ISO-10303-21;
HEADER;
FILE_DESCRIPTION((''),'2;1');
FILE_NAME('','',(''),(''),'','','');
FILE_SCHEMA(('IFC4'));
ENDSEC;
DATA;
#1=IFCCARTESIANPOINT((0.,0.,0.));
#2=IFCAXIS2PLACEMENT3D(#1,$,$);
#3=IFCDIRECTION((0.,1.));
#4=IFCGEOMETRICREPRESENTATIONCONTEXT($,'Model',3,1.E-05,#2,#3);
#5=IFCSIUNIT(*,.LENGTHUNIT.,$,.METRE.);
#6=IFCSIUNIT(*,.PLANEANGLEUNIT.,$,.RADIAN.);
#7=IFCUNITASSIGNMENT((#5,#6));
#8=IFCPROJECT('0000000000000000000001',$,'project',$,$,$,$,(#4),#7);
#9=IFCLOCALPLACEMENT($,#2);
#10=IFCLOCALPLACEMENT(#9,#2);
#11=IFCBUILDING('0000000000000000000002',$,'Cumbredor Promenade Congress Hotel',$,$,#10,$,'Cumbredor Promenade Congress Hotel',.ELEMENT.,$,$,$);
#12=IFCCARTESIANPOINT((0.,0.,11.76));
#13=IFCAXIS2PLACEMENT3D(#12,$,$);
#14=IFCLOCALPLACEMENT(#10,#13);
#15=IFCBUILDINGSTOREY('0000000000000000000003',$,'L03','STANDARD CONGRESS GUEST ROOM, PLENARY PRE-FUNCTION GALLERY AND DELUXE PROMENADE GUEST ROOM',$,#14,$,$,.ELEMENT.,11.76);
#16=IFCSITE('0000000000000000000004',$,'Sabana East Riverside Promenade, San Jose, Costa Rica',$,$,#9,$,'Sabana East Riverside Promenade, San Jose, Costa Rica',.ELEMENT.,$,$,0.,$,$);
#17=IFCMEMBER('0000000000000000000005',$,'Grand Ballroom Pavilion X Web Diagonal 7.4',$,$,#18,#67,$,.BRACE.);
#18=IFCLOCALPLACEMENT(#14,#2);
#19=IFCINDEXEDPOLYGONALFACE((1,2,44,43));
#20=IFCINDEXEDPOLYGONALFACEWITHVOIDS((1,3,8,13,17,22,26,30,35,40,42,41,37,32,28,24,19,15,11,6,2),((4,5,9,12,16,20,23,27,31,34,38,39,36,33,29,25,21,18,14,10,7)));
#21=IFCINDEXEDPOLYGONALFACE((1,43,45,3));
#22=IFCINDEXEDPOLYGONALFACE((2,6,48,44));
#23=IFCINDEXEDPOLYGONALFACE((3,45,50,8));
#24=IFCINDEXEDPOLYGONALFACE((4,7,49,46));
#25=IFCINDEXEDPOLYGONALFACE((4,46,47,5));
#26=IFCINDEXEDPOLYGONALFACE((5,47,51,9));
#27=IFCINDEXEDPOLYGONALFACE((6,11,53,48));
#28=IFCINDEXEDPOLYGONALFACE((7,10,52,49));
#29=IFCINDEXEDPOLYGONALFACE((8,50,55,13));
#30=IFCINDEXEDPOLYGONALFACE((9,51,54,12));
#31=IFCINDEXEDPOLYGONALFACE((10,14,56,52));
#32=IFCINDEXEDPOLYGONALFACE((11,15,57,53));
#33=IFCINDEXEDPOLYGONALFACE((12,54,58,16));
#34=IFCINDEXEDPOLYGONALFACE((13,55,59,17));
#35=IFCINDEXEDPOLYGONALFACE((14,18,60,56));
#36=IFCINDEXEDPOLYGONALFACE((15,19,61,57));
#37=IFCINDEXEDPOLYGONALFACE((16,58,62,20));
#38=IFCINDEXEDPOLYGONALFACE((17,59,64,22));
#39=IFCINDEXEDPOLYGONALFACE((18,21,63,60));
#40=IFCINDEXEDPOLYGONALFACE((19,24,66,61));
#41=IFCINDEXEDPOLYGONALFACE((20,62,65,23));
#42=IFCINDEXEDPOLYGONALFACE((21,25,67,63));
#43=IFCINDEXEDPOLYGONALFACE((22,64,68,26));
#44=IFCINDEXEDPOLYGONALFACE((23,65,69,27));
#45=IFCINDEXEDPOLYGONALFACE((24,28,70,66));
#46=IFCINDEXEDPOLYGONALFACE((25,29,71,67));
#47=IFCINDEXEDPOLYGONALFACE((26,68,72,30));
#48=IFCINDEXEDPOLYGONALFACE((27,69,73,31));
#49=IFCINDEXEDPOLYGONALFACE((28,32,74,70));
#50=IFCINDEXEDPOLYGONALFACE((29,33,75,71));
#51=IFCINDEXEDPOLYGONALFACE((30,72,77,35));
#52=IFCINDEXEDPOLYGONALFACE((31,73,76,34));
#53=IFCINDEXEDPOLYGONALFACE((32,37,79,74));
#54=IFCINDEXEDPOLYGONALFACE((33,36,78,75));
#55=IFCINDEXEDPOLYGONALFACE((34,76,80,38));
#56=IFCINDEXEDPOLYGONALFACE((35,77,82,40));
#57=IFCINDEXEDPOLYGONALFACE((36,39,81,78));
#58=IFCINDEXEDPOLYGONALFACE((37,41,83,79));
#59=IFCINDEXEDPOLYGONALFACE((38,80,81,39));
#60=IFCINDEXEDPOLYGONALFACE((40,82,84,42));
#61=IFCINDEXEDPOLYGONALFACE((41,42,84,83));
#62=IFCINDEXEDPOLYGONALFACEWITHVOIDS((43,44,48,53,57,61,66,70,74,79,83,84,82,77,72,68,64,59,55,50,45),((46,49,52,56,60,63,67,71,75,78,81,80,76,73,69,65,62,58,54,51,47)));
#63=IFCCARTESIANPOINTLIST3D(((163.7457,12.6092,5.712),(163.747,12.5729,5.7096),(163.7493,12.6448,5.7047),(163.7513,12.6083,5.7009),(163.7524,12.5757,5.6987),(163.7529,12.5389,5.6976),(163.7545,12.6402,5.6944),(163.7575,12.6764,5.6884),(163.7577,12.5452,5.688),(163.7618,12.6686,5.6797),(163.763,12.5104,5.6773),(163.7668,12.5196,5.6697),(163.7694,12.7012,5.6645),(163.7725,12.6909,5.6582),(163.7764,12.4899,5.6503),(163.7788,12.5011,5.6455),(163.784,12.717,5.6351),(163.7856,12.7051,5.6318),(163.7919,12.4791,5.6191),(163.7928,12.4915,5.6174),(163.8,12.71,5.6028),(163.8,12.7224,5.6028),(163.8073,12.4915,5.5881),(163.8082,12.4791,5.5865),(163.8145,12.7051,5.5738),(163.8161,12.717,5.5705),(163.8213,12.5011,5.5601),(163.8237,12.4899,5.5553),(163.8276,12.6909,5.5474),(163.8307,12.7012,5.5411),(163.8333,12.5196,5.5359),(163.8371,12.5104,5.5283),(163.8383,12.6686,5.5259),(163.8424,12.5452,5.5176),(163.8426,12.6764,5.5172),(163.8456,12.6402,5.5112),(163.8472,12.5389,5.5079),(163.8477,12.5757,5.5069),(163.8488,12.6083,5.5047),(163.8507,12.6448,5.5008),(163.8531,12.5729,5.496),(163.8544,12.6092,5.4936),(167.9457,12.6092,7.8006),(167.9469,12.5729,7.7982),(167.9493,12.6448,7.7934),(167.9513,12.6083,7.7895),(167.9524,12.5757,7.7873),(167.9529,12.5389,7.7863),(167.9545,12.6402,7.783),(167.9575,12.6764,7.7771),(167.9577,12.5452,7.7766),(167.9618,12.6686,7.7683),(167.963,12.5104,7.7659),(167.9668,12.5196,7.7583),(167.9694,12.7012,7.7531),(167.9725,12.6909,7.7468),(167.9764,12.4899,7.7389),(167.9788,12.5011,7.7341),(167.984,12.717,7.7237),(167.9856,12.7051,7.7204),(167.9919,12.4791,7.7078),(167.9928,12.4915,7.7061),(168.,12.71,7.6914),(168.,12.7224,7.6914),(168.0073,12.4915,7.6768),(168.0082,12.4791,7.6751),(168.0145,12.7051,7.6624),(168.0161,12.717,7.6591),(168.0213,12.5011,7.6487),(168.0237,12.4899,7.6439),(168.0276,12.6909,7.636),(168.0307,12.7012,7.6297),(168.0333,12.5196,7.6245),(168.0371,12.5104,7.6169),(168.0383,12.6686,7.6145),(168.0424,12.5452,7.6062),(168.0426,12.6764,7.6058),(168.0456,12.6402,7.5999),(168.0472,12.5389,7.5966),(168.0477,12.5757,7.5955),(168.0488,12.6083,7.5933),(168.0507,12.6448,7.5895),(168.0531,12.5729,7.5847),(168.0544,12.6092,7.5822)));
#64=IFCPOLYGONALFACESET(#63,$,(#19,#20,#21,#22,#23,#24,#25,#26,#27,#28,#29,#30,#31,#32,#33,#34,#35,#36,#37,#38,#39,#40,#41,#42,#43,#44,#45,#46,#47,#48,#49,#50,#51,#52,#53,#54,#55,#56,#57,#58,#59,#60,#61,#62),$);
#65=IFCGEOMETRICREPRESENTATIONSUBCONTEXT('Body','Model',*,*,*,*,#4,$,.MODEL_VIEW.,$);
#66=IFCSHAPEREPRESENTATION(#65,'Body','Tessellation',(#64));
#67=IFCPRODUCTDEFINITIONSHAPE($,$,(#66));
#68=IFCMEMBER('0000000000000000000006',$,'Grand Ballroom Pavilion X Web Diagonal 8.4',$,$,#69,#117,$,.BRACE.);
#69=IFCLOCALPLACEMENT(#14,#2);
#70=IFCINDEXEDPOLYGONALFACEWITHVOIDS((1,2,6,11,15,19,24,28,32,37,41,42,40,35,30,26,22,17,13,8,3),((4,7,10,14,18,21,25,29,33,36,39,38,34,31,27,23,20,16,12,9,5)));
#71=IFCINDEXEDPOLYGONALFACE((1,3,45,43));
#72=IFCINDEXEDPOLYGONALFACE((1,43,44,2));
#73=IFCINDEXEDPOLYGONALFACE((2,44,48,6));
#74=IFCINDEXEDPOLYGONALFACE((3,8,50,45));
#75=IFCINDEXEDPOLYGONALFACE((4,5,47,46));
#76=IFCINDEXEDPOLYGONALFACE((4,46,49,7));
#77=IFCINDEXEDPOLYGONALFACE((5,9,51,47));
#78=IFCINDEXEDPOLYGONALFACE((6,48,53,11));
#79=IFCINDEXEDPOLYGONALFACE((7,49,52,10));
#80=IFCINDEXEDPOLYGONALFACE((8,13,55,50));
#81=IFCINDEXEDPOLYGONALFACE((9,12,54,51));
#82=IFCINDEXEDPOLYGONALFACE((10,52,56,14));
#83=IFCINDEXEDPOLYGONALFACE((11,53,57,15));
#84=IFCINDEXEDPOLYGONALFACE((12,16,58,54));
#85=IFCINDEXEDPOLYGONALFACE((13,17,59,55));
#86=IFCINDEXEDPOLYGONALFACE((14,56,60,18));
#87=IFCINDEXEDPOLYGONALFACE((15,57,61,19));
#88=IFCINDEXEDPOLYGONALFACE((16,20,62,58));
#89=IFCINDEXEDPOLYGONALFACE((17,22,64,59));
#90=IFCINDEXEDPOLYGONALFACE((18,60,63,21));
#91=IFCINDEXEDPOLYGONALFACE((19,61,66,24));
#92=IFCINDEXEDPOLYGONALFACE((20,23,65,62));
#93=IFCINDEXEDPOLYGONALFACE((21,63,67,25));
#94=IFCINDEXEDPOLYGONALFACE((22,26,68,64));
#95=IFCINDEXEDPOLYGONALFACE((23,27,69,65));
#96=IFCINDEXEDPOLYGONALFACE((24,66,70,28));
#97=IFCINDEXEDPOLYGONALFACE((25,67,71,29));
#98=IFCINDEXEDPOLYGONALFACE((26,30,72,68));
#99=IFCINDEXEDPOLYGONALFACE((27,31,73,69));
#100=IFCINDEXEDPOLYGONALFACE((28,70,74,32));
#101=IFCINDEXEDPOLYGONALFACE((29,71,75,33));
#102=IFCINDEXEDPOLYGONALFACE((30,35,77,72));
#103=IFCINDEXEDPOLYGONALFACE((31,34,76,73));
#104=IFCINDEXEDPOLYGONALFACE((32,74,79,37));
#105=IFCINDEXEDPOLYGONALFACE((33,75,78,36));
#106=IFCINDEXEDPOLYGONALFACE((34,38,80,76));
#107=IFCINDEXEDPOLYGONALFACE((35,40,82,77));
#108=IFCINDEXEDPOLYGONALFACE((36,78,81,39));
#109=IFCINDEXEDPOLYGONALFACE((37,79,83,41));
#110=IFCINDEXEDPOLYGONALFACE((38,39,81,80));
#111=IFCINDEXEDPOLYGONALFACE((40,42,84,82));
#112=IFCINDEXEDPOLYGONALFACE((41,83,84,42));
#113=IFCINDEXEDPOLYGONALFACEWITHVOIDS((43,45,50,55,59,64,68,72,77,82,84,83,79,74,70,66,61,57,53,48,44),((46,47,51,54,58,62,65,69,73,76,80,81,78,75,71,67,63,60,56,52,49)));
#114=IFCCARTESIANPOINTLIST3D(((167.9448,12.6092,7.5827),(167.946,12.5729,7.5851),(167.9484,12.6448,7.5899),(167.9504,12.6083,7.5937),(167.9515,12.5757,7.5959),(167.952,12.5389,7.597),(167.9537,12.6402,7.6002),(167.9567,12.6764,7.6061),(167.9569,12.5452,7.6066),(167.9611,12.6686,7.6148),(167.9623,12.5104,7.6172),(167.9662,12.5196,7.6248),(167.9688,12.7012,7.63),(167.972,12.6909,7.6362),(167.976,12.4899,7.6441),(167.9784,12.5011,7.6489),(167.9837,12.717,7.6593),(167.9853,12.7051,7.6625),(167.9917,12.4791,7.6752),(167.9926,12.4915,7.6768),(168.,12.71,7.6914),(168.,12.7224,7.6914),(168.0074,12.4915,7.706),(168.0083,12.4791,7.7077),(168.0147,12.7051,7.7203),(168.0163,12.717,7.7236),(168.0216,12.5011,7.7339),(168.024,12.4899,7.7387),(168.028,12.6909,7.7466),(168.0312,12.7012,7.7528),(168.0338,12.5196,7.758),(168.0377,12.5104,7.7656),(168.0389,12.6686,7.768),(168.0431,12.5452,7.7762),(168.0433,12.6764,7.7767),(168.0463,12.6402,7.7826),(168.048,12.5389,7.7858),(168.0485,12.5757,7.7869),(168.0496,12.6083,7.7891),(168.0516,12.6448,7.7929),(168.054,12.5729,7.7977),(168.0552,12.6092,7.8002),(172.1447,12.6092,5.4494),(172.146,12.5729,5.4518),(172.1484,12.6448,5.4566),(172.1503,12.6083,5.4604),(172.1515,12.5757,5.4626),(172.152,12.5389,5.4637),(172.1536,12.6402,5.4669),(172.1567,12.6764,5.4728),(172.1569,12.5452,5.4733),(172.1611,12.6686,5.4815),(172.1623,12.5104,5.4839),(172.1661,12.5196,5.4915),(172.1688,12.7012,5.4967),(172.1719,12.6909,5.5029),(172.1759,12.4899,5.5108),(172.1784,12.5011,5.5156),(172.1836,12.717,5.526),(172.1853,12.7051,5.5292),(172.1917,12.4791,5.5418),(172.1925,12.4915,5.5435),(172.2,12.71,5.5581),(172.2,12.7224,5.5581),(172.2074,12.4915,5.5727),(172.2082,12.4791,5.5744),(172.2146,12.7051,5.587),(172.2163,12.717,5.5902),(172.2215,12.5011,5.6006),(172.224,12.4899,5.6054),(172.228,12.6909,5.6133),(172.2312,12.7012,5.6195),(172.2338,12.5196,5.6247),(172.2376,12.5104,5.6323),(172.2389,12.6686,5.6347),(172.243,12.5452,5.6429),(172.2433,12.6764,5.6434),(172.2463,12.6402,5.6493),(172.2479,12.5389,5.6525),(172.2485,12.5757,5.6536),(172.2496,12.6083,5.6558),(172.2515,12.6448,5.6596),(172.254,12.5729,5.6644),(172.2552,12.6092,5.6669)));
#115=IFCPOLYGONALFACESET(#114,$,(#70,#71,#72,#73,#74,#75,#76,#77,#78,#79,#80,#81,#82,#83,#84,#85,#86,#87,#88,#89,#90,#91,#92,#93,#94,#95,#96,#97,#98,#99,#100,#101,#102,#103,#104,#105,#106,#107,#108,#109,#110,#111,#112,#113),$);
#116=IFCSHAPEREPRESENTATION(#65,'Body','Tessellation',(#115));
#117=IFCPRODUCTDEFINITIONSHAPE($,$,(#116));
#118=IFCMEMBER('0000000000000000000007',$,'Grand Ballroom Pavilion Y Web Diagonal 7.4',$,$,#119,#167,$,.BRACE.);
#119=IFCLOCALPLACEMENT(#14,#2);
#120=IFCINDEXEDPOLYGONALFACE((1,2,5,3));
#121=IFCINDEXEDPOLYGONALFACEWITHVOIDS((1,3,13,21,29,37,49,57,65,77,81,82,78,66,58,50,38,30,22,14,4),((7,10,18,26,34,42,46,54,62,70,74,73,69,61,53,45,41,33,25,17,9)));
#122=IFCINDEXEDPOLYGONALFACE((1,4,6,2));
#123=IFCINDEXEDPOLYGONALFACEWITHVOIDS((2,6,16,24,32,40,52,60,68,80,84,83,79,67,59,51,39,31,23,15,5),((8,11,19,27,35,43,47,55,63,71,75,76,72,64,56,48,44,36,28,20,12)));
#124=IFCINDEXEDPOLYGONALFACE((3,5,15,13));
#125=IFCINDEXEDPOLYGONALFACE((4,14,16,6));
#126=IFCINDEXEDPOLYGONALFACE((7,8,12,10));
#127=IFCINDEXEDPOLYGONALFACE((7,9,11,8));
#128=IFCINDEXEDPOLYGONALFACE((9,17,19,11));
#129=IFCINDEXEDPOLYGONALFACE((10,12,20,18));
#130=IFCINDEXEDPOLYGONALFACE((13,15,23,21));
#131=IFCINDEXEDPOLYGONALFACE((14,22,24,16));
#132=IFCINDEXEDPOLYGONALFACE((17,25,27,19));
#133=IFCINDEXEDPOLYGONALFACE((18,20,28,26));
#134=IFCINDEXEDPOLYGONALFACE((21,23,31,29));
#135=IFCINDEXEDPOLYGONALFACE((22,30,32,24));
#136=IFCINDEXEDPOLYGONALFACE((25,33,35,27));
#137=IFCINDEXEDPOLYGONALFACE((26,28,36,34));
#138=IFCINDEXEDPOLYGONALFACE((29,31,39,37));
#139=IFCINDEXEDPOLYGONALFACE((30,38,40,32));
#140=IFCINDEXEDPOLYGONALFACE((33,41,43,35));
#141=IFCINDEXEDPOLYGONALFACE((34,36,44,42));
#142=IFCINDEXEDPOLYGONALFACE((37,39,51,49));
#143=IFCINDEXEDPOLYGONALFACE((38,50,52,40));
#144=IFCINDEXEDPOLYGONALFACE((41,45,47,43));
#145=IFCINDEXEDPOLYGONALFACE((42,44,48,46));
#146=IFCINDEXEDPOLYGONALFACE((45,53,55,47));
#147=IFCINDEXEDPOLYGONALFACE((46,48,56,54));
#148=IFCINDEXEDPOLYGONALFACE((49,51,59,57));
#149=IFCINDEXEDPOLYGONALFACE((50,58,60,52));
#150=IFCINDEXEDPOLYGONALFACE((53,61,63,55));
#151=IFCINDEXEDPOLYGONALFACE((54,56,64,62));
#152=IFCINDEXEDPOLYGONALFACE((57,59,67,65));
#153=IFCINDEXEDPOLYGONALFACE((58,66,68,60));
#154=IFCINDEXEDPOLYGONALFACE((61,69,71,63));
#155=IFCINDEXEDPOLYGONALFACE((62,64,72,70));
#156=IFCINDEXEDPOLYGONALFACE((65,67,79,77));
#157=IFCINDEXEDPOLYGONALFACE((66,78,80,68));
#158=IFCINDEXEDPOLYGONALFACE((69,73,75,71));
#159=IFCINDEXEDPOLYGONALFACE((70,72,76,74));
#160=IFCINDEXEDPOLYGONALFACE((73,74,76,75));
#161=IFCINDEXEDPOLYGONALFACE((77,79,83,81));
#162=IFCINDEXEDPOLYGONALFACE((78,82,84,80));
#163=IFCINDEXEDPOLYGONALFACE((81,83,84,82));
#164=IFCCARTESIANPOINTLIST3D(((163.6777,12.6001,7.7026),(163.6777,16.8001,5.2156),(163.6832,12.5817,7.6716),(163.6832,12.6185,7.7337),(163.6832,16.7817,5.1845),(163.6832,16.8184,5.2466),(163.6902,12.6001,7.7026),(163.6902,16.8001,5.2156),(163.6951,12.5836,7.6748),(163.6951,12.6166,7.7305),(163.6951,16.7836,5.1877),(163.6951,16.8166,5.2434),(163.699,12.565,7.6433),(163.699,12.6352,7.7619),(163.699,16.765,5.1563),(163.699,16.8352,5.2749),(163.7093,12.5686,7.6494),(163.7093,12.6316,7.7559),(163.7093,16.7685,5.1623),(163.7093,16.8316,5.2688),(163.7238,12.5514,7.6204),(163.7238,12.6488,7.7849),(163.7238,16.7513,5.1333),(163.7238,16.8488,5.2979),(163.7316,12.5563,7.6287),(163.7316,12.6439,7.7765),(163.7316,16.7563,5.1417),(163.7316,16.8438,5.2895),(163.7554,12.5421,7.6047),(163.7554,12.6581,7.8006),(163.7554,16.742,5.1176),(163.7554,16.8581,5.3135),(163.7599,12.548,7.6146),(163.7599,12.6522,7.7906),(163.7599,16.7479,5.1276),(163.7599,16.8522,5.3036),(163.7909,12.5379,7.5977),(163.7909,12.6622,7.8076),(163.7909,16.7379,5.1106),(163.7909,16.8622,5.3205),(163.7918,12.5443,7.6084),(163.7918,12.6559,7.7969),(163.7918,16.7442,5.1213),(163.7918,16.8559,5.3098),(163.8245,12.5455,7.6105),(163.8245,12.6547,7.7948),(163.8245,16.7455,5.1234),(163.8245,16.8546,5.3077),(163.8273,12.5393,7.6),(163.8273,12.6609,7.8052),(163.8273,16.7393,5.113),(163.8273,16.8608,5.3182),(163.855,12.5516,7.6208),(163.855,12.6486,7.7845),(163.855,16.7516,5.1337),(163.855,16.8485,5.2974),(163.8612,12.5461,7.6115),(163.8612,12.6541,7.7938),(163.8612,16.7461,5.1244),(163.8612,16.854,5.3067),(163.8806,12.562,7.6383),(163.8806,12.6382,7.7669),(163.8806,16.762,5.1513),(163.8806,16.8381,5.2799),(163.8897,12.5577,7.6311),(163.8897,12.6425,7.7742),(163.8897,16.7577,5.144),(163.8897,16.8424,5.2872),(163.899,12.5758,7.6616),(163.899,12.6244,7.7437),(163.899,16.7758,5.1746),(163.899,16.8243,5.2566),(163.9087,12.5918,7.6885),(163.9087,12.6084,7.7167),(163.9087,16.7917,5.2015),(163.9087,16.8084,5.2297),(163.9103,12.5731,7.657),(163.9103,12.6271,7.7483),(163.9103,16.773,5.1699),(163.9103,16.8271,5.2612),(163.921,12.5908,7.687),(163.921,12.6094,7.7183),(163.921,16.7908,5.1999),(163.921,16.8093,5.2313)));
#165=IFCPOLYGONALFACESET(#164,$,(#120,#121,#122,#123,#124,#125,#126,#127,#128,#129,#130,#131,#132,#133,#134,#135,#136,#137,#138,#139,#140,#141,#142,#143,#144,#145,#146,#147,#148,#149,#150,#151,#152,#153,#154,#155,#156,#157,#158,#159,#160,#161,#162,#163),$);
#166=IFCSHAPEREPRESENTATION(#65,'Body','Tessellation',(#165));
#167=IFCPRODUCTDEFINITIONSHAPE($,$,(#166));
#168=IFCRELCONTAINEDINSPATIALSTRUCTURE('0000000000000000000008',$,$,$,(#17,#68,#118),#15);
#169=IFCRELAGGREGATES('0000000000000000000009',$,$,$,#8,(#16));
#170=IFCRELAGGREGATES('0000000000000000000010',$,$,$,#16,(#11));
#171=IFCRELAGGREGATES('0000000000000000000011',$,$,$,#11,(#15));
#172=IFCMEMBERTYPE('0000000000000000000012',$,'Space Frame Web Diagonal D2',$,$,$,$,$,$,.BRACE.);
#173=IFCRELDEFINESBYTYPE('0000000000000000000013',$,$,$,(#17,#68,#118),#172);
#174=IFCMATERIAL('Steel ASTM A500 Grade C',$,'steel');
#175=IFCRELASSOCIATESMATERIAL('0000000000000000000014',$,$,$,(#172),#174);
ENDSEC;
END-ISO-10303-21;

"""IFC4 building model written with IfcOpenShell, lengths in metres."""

from ifc_helpers import new_model, si_unit, direction, frame, origin, origin_2d, place, context, subcontext, project, spatial, hollow_circle, extrude, material, material_profile, profile_set, type_object, element, save


model = new_model("IFC4")

# Units and contexts
model_context = context("Model", 3, precision=1e-05, world=origin(), true_north=direction((0.0, 1.0)))
body_context = subcontext(model_context, "Body", "Model", "MODEL_VIEW")
ifc_project = project(units=[si_unit("LENGTHUNIT", "METRE"), si_unit("PLANEANGLEUNIT", "RADIAN")], contexts=[model_context])

# Site, building, storey
site_placement = place(None, origin())
site = spatial("IfcSite", under=ifc_project, at=site_placement, Name="Sabana East Riverside Promenade, San Jose, Costa Rica", LongName="Sabana East Riverside Promenade, San Jose, Costa Rica", CompositionType="ELEMENT", RefElevation=0.0)
building_placement = place(site_placement, origin())
building = spatial("IfcBuilding", under=site, at=building_placement, Name="Cumbredor Promenade Congress Hotel", LongName="Cumbredor Promenade Congress Hotel", CompositionType="ELEMENT")
storey_placement = place(building_placement, frame((0.0, 0.0, 11.76)))
storey = spatial("IfcBuildingStorey", under=building, at=storey_placement, Name="L03", Description="STANDARD CONGRESS GUEST ROOM, PLENARY PRE-FUNCTION GALLERY AND DELUXE PROMENADE GUEST ROOM", CompositionType="ELEMENT", Elevation=11.76)

# Shared definitions
ifc_material_1 = material(Name="Steel ASTM A500 Grade C", Category="steel")

# Members
ifc_material_profile_1 = material_profile(ifc_material_1, hollow_circle(Radius=0.1223, WallThickness=0.0125, at=origin_2d()), Name="CHS 244.5x12.5")
ifc_profile_set_1 = profile_set([ifc_material_profile_1], Name="Steel ASTM A500 Grade C")
member_type_1 = type_object("IfcMemberType", Name="Space Frame Web Diagonal D2", PredefinedType="BRACE", material=ifc_profile_set_1)
member_1_placement = place(storey_placement, frame((163.8, 12.6001, 5.6028), z_axis=(0.895393, 0.0, 0.445276), x_axis=(0.0, 1.0, 0.0)))
element("IfcMember", 1, at=member_1_placement, inside=storey, type_object=member_type_1, Name="Grand Ballroom Pavilion X Web Diagonal 7.4", PredefinedType="BRACE", context=body_context, shape_type="SweptSolid", body=[
    extrude(hollow_circle(Radius=0.1223, WallThickness=0.0125, at=origin_2d()), origin(), (0.0, 0.0, 1.0), 4.6907),
])
member_2_placement = place(storey_placement, frame((168.0, 12.6001, 7.6914), z_axis=(0.89158, 0.0, -0.452864), x_axis=(0.0, 1.0, 0.0)))
element("IfcMember", 2, at=member_2_placement, inside=storey, type_object=member_type_1, Name="Grand Ballroom Pavilion X Web Diagonal 8.4", PredefinedType="BRACE", context=body_context, shape_type="SweptSolid", body=[
    extrude(hollow_circle(Radius=0.1223, WallThickness=0.0125, at=origin_2d()), origin(), (0.0, 0.0, 1.0), 4.7107),
])
member_3_placement = place(storey_placement, frame((163.8, 12.6001, 7.7026), z_axis=(0.0, 0.860453, -0.50953), x_axis=(-1.0, 0.0, 0.0)))
element("IfcMember", 3, at=member_3_placement, inside=storey, type_object=member_type_1, Name="Grand Ballroom Pavilion Y Web Diagonal 7.4", PredefinedType="BRACE", context=body_context, shape_type="SweptSolid", body=[
    extrude(hollow_circle(Radius=0.1223, WallThickness=0.0125, at=origin_2d()), origin(), (0.0, 0.0, 1.0), 4.8811),
])

save(model, "model.ifc")
